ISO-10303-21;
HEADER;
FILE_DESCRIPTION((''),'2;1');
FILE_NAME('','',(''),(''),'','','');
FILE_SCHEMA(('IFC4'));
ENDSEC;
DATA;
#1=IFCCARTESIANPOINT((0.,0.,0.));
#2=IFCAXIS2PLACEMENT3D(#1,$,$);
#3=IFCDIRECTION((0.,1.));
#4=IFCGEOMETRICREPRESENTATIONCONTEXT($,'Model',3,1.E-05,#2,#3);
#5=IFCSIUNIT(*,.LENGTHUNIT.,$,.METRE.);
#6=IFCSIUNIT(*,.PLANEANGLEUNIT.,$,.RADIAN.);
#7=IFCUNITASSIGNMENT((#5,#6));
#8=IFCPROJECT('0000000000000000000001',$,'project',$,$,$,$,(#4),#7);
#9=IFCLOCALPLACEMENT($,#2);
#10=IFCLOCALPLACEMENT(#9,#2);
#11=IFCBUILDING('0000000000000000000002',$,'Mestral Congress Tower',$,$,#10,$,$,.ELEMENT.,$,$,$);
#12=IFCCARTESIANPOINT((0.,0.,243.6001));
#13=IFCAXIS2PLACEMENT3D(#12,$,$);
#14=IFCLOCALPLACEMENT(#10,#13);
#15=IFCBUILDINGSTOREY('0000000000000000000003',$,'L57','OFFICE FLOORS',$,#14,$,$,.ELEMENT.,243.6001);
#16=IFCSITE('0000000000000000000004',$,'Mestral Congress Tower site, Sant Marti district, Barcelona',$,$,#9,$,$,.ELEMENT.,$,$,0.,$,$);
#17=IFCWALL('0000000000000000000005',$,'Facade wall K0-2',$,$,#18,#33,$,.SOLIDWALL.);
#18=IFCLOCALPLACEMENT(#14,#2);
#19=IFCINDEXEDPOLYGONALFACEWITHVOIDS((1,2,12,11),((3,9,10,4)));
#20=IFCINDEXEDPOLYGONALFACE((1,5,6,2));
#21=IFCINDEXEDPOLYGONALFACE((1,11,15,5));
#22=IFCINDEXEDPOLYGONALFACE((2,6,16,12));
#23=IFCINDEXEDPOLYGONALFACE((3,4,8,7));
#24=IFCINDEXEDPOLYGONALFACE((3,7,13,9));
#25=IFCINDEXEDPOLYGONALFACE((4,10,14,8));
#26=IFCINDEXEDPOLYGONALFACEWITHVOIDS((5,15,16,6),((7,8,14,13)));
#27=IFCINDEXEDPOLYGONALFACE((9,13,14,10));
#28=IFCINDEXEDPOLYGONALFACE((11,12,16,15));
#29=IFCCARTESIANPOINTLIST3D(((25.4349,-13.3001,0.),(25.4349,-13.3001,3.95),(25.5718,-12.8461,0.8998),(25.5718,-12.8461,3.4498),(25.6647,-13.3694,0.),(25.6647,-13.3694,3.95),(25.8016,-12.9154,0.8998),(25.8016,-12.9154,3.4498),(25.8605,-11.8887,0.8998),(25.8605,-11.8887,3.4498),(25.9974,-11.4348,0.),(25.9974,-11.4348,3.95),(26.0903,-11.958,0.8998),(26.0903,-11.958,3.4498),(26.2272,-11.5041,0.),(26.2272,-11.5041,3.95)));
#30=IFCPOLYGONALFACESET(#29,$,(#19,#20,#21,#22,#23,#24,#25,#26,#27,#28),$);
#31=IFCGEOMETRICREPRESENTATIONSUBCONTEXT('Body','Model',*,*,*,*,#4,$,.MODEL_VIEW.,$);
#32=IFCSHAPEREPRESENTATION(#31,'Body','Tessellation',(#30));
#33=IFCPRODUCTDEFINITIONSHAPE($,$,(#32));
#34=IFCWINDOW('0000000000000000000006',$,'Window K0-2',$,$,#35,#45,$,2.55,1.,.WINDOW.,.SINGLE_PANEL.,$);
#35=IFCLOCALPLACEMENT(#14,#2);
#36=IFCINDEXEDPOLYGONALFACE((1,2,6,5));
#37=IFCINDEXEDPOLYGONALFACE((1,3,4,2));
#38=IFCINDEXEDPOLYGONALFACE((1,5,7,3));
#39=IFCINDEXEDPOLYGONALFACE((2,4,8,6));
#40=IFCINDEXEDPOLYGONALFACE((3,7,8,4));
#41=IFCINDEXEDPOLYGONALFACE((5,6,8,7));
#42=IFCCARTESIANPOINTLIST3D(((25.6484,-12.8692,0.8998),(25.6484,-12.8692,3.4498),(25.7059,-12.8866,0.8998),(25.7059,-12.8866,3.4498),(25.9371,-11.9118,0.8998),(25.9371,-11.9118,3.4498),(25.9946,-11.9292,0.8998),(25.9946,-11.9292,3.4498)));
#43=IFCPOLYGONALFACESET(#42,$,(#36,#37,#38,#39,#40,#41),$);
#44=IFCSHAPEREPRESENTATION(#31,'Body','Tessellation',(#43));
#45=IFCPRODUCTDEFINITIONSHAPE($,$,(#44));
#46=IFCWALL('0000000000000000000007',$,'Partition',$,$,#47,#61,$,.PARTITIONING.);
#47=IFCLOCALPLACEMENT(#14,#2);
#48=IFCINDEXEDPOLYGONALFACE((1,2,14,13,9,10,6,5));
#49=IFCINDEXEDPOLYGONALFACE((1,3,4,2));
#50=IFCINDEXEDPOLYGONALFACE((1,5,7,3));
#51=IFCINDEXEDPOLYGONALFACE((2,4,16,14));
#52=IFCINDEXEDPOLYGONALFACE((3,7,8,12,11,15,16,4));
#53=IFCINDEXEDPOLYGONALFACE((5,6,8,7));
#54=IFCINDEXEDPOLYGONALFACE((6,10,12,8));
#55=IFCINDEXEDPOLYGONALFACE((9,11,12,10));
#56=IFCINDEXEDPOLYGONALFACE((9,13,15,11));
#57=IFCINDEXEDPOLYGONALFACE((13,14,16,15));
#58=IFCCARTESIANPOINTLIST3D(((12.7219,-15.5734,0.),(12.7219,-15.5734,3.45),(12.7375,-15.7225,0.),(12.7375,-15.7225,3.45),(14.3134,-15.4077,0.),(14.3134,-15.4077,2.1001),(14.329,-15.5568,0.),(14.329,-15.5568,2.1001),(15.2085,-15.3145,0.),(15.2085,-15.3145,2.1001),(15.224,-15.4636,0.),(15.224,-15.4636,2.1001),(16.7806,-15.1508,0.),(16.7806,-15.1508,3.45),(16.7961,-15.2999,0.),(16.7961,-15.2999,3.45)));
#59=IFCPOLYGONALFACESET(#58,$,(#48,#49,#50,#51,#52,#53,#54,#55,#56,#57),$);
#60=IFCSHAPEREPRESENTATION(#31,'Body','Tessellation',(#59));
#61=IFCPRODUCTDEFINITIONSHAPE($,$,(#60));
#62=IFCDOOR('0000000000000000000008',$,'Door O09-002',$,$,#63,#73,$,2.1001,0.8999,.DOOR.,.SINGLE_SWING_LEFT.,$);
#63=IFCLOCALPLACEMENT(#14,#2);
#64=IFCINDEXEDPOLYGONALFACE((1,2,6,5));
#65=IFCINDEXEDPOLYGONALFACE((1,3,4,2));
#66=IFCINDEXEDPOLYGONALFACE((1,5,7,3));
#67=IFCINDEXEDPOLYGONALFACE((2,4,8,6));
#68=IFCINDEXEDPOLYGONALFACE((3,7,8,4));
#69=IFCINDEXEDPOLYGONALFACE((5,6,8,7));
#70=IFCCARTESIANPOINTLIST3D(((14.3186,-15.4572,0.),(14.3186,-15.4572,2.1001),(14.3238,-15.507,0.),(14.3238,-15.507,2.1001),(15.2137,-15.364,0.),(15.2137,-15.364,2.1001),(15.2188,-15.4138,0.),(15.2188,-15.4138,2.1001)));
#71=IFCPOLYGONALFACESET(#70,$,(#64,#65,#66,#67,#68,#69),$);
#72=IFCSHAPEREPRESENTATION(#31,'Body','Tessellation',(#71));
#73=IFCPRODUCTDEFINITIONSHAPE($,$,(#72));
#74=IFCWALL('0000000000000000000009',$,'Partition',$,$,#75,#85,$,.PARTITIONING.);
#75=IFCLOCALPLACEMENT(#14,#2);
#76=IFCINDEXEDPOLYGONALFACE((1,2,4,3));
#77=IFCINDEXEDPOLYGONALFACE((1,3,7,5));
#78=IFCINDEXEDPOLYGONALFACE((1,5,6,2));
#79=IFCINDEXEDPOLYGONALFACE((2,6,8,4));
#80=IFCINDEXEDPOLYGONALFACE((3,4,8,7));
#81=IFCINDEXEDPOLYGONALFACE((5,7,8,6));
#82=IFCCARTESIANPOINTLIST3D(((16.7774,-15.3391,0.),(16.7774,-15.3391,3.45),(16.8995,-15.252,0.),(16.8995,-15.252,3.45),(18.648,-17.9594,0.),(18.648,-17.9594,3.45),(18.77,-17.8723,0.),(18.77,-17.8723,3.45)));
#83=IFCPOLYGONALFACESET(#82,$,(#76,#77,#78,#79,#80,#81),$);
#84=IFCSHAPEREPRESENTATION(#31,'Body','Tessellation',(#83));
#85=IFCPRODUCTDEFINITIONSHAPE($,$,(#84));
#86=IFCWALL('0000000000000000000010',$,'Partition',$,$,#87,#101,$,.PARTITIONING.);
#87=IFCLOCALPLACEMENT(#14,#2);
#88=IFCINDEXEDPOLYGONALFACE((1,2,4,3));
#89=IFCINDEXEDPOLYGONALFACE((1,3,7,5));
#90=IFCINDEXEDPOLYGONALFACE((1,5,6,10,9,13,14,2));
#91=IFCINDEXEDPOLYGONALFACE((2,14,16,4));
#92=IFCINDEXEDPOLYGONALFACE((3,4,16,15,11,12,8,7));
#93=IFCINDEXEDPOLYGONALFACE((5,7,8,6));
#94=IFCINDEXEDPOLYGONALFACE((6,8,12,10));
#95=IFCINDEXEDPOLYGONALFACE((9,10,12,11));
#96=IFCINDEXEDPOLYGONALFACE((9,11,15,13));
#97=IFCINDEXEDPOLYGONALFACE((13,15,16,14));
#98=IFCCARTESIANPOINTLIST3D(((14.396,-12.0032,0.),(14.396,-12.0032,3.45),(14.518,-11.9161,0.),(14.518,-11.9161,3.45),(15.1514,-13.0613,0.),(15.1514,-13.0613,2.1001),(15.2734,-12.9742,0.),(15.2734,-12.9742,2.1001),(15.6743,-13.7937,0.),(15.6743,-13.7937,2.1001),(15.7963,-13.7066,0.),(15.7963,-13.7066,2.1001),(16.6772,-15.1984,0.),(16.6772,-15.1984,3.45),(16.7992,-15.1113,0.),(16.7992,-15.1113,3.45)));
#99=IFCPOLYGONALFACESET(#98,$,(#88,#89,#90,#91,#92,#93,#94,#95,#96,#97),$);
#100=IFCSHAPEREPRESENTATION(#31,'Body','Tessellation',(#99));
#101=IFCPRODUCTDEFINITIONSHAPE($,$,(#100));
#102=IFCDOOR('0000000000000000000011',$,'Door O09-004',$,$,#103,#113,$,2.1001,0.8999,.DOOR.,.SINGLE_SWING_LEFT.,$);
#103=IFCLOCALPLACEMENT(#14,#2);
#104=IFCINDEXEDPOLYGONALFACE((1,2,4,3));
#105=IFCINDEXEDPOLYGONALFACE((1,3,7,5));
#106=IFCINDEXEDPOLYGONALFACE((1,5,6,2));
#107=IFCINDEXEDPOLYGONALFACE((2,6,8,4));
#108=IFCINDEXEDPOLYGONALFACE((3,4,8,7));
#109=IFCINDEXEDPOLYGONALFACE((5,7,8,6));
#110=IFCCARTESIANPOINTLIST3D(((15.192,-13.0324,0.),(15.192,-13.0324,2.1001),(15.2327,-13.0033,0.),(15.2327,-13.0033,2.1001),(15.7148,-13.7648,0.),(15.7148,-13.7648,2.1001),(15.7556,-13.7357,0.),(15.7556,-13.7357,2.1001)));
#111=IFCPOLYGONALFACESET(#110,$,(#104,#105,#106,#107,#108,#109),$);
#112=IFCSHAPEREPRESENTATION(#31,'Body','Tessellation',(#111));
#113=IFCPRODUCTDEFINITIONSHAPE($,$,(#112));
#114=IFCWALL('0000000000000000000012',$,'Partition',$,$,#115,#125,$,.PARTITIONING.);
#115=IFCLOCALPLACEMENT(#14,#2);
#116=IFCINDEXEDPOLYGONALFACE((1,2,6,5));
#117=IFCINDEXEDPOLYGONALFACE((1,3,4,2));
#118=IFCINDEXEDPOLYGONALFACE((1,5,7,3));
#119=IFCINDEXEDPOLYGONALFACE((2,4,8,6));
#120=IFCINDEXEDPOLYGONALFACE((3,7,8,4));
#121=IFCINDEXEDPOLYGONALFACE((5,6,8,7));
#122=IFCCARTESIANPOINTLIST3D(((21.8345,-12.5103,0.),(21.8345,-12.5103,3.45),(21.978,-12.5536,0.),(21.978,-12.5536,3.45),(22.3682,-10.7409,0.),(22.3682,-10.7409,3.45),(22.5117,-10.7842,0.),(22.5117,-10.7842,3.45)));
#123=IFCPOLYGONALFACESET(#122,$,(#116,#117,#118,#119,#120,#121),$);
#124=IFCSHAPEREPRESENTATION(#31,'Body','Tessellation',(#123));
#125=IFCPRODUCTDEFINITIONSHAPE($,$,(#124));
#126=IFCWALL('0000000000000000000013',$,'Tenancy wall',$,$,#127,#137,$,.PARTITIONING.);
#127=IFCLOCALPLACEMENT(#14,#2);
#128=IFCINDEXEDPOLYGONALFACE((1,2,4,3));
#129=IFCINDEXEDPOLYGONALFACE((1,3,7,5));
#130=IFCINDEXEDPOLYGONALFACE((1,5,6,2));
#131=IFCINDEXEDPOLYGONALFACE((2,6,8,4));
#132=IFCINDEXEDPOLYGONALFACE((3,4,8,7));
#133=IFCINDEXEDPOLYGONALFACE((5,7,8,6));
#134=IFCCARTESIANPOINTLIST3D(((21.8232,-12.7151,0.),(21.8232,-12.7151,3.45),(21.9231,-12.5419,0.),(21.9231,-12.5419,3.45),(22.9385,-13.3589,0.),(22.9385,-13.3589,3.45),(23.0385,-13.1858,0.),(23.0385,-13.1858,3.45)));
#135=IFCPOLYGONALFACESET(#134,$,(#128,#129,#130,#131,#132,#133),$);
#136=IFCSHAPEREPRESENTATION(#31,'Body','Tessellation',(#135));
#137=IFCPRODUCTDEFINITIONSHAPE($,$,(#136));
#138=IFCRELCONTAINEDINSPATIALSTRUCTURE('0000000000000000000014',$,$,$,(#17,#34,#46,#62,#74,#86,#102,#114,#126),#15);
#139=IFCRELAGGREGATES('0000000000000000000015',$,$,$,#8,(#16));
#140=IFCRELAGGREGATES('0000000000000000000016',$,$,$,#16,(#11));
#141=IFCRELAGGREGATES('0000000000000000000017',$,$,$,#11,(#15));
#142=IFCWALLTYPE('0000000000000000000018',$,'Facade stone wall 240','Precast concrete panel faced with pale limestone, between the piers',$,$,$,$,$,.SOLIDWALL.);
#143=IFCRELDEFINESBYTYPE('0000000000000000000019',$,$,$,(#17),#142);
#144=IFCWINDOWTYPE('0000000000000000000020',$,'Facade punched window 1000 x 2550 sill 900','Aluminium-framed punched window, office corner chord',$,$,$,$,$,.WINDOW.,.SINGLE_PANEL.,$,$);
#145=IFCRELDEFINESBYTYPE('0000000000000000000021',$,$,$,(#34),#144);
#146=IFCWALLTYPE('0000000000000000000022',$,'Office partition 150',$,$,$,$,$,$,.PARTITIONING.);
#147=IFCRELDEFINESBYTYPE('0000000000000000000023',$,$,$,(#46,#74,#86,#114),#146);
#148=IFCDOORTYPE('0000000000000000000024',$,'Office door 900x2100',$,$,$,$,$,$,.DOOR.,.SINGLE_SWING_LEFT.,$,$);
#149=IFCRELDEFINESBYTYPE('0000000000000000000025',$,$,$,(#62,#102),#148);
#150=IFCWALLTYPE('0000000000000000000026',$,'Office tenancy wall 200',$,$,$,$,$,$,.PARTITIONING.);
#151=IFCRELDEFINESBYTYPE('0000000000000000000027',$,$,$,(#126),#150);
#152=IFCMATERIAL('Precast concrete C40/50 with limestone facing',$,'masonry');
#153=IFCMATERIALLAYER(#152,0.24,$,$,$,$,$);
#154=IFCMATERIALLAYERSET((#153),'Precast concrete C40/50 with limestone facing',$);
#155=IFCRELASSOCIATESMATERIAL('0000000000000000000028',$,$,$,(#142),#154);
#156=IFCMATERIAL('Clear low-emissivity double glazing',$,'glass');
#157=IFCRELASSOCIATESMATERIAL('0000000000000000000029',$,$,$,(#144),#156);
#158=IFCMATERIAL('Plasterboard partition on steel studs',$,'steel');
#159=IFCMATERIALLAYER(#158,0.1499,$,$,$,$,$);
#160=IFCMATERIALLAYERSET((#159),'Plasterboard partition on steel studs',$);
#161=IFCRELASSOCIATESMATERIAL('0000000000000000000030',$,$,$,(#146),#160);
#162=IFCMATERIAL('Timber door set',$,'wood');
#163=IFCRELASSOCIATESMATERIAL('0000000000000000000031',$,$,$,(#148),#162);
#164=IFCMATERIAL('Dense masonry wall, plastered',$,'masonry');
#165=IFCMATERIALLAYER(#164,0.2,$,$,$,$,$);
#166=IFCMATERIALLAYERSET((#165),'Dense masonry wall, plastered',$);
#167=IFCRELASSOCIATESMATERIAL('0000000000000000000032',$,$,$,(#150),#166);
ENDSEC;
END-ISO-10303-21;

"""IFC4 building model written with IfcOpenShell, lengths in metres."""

from ifc_helpers import new_model, si_unit, direction, frame, frame_2d, origin, place, context, subcontext, project, spatial, rectangle, extrude, material, layer, layer_set, type_object, element, fill, save


model = new_model("IFC4")

# Units and contexts
model_context = context("Model", 3, precision=1e-05, world=origin(), true_north=direction((0.0, 1.0)))
body_context = subcontext(model_context, "Body", "Model", "MODEL_VIEW")
ifc_project = project(units=[si_unit("LENGTHUNIT", "METRE"), si_unit("PLANEANGLEUNIT", "RADIAN")], contexts=[model_context])

# Site, building, storey
site_placement = place(None, origin())
site = spatial("IfcSite", under=ifc_project, at=site_placement, Name="Mestral Congress Tower site, Sant Marti district, Barcelona", CompositionType="ELEMENT", RefElevation=0.0)
building_placement = place(site_placement, origin())
building = spatial("IfcBuilding", under=site, at=building_placement, Name="Mestral Congress Tower", CompositionType="ELEMENT")
storey_placement = place(building_placement, frame((0.0, 0.0, 243.6001)))
storey = spatial("IfcBuildingStorey", under=building, at=storey_placement, Name="L57", Description="OFFICE FLOORS", CompositionType="ELEMENT", Elevation=243.6001)

# Shared definitions
ifc_material_1 = material(Name="Precast concrete C40/50 with limestone facing", Category="masonry")
ifc_layer_1 = layer(ifc_material_1, 0.24)
ifc_layer_set_1 = layer_set([ifc_layer_1], Name="Precast concrete C40/50 with limestone facing")
wall_type_1 = type_object("IfcWallType", Name="Facade stone wall 240", Description="Precast concrete panel faced with pale limestone, between the piers", PredefinedType="SOLIDWALL", material=ifc_layer_set_1)
ifc_material_2 = material(Name="Clear low-emissivity double glazing", Category="glass")

# Wall, opening, window
window_type_1 = type_object("IfcWindowType", Name="Facade punched window 1000 x 2550 sill 900", Description="Aluminium-framed punched window, office corner chord", PartitioningType="SINGLE_PANEL", PredefinedType="WINDOW", material=ifc_material_2)
wall_1_placement = place(storey_placement, frame((25.5498, -13.3347, 0.0), z_axis=(0.0, 0.0, 1.0), x_axis=(0.288727, 0.957411, 0.0)))
wall_1 = element("IfcWall", 1, at=wall_1_placement, inside=storey, type_object=wall_type_1, Name="Facade wall K0-2", PredefinedType="SOLIDWALL", context=body_context, shape_type="SweptSolid", body=[
    extrude(rectangle(XDim=1.9482, YDim=0.24, at=frame_2d((0.9741, 0.0))), origin(), (0.0, 0.0, 1.0), 3.95),
])
opening_1_placement = place(wall_1_placement, frame((0.4741, 0.0, 0.8999)))
opening_1 = element("IfcOpeningElement", 2, at=opening_1_placement, cuts=wall_1, PredefinedType="OPENING", context=body_context, shape_type="SweptSolid", body=[
    extrude(rectangle(XDim=1.0, YDim=2.55, at=frame_2d((0.5, 1.2749))), frame((0.0, 0.1299, 0.0), z_axis=(0.0, -1.0, 0.0), x_axis=(1.0, 0.0, 0.0)), (0.0, 0.0, 1.0), 0.26),
])
window_1_placement = place(opening_1_placement, origin())
window_1 = element("IfcWindow", 3, at=window_1_placement, inside=storey, type_object=window_type_1, Name="Window K0-2", OverallHeight=2.55, OverallWidth=1.0, PartitioningType="SINGLE_PANEL", PredefinedType="WINDOW", context=body_context, shape_type="SweptSolid", body=[
    extrude(rectangle(XDim=1.0, YDim=2.55, at=frame_2d((0.5, 1.2749))), frame((0.0, 0.04, 0.0), z_axis=(0.0, -1.0, 0.0), x_axis=(1.0, 0.0, 0.0)), (0.0, 0.0, 1.0), 0.0601),
])
fill(opening_1, window_1)

# Wall, opening, door
ifc_material_3 = material(Name="Plasterboard partition on steel studs", Category="steel")
ifc_layer_2 = layer(ifc_material_3, 0.1499)
ifc_layer_set_2 = layer_set([ifc_layer_2], Name="Plasterboard partition on steel studs")
wall_type_2 = type_object("IfcWallType", Name="Office partition 150", PredefinedType="PARTITIONING", material=ifc_layer_set_2)
wall_2_placement = place(storey_placement, frame((16.7883, -15.2253, 0.0), z_axis=(0.0, 0.0, 1.0), x_axis=(-0.994623, -0.103567, 0.0)))
wall_2 = element("IfcWall", 4, at=wall_2_placement, inside=storey, type_object=wall_type_2, Name="Partition", PredefinedType="PARTITIONING", context=body_context, shape_type="SweptSolid", body=[
    extrude(rectangle(XDim=4.0806, YDim=0.1499, at=frame_2d((2.0403, 0.0))), origin(), (0.0, 0.0, 1.0), 3.45),
])
opening_2_placement = place(wall_2_placement, frame((1.5806, 0.0, 0.0)))
opening_2 = element("IfcOpeningElement", 5, at=opening_2_placement, cuts=wall_2, PredefinedType="OPENING", context=body_context, shape_type="SweptSolid", body=[
    extrude(rectangle(XDim=0.8999, YDim=2.1001, at=frame_2d((0.45, 1.05))), frame((0.0, 0.085, 0.0), z_axis=(0.0, -1.0, 0.0), x_axis=(1.0, 0.0, 0.0)), (0.0, 0.0, 1.0), 0.1699),
])
ifc_material_4 = material(Name="Timber door set", Category="wood")
door_type = type_object("IfcDoorType", Name="Office door 900x2100", OperationType="SINGLE_SWING_LEFT", PredefinedType="DOOR", material=ifc_material_4)
door_1_placement = place(opening_2_placement, origin())
door_1 = element("IfcDoor", 6, at=door_1_placement, inside=storey, type_object=door_type, Name="Door O09-002", OperationType="SINGLE_SWING_LEFT", OverallHeight=2.1001, OverallWidth=0.8999, PredefinedType="DOOR", context=body_context, shape_type="SweptSolid", body=[
    extrude(rectangle(XDim=0.8999, YDim=2.1001, at=frame_2d((0.45, 1.05))), frame((0.0, 0.0249, 0.0), z_axis=(0.0, -1.0, 0.0), x_axis=(1.0, 0.0, 0.0)), (0.0, 0.0, 1.0), 0.05),
])
fill(opening_2, door_1)

# Wall
wall_3_placement = place(storey_placement, frame((16.8384, -15.2954, 0.0), z_axis=(0.0, 0.0, 1.0), x_axis=(0.581016, -0.813892, 0.0)))
element("IfcWall", 7, at=wall_3_placement, inside=storey, type_object=wall_type_2, Name="Partition", PredefinedType="PARTITIONING", context=body_context, shape_type="SweptSolid", body=[
    extrude(rectangle(XDim=3.2195, YDim=0.1499, at=frame_2d((1.6099, 0.0))), origin(), (0.0, 0.0, 1.0), 3.45),
])

# Wall, opening, door
wall_4_placement = place(storey_placement, frame((14.457, -11.9597, 0.0), z_axis=(0.0, 0.0, 1.0), x_axis=(0.58105, -0.813868, 0.0)))
wall_4 = element("IfcWall", 8, at=wall_4_placement, inside=storey, type_object=wall_type_2, Name="Partition", PredefinedType="PARTITIONING", context=body_context, shape_type="SweptSolid", body=[
    extrude(rectangle(XDim=3.926, YDim=0.1499, at=frame_2d((1.9629, 0.0))), origin(), (0.0, 0.0, 1.0), 3.45),
])
opening_3_placement = place(wall_4_placement, frame((1.3, 0.0, 0.0)))
opening_3 = element("IfcOpeningElement", 9, at=opening_3_placement, cuts=wall_4, PredefinedType="OPENING", context=body_context, shape_type="SweptSolid", body=[
    extrude(rectangle(XDim=0.8999, YDim=2.1001, at=frame_2d((0.45, 1.05))), frame((0.0, 0.085, 0.0), z_axis=(0.0, -1.0, 0.0), x_axis=(1.0, 0.0, 0.0)), (0.0, 0.0, 1.0), 0.1699),
])
door_2_placement = place(opening_3_placement, origin())
door_2 = element("IfcDoor", 10, at=door_2_placement, inside=storey, type_object=door_type, Name="Door O09-004", OperationType="SINGLE_SWING_LEFT", OverallHeight=2.1001, OverallWidth=0.8999, PredefinedType="DOOR", context=body_context, shape_type="SweptSolid", body=[
    extrude(rectangle(XDim=0.8999, YDim=2.1001, at=frame_2d((0.45, 1.05))), frame((0.0, 0.0249, 0.0), z_axis=(0.0, -1.0, 0.0), x_axis=(1.0, 0.0, 0.0)), (0.0, 0.0, 1.0), 0.05),
])
fill(opening_3, door_2)

# Walls
wall_5_placement = place(storey_placement, frame((21.9062, -12.532, 0.0), z_axis=(0.0, 0.0, 1.0), x_axis=(0.28879, 0.957393, 0.0)))
element("IfcWall", 11, at=wall_5_placement, inside=storey, type_object=wall_type_2, Name="Partition", PredefinedType="PARTITIONING", context=body_context, shape_type="SweptSolid", body=[
    extrude(rectangle(XDim=1.8481, YDim=0.1499, at=frame_2d((0.9241, 0.0))), origin(), (0.0, 0.0, 1.0), 3.45),
])
ifc_material_5 = material(Name="Dense masonry wall, plastered", Category="masonry")
ifc_layer_3 = layer(ifc_material_5, 0.2)
ifc_layer_set_3 = layer_set([ifc_layer_3], Name="Dense masonry wall, plastered")
wall_type_3 = type_object("IfcWallType", Name="Office tenancy wall 200", PredefinedType="PARTITIONING", material=ifc_layer_set_3)
wall_6_placement = place(storey_placement, frame((21.873, -12.6284, 0.0), z_axis=(0.0, 0.0, 1.0), x_axis=(0.866053, -0.499952, 0.0)))
element("IfcWall", 12, at=wall_6_placement, inside=storey, type_object=wall_type_3, Name="Tenancy wall", PredefinedType="PARTITIONING", context=body_context, shape_type="SweptSolid", body=[
    extrude(rectangle(XDim=1.2878, YDim=0.2, at=frame_2d((0.644, 0.0))), origin(), (0.0, 0.0, 1.0), 3.45),
])

save(model, "model.ifc")
